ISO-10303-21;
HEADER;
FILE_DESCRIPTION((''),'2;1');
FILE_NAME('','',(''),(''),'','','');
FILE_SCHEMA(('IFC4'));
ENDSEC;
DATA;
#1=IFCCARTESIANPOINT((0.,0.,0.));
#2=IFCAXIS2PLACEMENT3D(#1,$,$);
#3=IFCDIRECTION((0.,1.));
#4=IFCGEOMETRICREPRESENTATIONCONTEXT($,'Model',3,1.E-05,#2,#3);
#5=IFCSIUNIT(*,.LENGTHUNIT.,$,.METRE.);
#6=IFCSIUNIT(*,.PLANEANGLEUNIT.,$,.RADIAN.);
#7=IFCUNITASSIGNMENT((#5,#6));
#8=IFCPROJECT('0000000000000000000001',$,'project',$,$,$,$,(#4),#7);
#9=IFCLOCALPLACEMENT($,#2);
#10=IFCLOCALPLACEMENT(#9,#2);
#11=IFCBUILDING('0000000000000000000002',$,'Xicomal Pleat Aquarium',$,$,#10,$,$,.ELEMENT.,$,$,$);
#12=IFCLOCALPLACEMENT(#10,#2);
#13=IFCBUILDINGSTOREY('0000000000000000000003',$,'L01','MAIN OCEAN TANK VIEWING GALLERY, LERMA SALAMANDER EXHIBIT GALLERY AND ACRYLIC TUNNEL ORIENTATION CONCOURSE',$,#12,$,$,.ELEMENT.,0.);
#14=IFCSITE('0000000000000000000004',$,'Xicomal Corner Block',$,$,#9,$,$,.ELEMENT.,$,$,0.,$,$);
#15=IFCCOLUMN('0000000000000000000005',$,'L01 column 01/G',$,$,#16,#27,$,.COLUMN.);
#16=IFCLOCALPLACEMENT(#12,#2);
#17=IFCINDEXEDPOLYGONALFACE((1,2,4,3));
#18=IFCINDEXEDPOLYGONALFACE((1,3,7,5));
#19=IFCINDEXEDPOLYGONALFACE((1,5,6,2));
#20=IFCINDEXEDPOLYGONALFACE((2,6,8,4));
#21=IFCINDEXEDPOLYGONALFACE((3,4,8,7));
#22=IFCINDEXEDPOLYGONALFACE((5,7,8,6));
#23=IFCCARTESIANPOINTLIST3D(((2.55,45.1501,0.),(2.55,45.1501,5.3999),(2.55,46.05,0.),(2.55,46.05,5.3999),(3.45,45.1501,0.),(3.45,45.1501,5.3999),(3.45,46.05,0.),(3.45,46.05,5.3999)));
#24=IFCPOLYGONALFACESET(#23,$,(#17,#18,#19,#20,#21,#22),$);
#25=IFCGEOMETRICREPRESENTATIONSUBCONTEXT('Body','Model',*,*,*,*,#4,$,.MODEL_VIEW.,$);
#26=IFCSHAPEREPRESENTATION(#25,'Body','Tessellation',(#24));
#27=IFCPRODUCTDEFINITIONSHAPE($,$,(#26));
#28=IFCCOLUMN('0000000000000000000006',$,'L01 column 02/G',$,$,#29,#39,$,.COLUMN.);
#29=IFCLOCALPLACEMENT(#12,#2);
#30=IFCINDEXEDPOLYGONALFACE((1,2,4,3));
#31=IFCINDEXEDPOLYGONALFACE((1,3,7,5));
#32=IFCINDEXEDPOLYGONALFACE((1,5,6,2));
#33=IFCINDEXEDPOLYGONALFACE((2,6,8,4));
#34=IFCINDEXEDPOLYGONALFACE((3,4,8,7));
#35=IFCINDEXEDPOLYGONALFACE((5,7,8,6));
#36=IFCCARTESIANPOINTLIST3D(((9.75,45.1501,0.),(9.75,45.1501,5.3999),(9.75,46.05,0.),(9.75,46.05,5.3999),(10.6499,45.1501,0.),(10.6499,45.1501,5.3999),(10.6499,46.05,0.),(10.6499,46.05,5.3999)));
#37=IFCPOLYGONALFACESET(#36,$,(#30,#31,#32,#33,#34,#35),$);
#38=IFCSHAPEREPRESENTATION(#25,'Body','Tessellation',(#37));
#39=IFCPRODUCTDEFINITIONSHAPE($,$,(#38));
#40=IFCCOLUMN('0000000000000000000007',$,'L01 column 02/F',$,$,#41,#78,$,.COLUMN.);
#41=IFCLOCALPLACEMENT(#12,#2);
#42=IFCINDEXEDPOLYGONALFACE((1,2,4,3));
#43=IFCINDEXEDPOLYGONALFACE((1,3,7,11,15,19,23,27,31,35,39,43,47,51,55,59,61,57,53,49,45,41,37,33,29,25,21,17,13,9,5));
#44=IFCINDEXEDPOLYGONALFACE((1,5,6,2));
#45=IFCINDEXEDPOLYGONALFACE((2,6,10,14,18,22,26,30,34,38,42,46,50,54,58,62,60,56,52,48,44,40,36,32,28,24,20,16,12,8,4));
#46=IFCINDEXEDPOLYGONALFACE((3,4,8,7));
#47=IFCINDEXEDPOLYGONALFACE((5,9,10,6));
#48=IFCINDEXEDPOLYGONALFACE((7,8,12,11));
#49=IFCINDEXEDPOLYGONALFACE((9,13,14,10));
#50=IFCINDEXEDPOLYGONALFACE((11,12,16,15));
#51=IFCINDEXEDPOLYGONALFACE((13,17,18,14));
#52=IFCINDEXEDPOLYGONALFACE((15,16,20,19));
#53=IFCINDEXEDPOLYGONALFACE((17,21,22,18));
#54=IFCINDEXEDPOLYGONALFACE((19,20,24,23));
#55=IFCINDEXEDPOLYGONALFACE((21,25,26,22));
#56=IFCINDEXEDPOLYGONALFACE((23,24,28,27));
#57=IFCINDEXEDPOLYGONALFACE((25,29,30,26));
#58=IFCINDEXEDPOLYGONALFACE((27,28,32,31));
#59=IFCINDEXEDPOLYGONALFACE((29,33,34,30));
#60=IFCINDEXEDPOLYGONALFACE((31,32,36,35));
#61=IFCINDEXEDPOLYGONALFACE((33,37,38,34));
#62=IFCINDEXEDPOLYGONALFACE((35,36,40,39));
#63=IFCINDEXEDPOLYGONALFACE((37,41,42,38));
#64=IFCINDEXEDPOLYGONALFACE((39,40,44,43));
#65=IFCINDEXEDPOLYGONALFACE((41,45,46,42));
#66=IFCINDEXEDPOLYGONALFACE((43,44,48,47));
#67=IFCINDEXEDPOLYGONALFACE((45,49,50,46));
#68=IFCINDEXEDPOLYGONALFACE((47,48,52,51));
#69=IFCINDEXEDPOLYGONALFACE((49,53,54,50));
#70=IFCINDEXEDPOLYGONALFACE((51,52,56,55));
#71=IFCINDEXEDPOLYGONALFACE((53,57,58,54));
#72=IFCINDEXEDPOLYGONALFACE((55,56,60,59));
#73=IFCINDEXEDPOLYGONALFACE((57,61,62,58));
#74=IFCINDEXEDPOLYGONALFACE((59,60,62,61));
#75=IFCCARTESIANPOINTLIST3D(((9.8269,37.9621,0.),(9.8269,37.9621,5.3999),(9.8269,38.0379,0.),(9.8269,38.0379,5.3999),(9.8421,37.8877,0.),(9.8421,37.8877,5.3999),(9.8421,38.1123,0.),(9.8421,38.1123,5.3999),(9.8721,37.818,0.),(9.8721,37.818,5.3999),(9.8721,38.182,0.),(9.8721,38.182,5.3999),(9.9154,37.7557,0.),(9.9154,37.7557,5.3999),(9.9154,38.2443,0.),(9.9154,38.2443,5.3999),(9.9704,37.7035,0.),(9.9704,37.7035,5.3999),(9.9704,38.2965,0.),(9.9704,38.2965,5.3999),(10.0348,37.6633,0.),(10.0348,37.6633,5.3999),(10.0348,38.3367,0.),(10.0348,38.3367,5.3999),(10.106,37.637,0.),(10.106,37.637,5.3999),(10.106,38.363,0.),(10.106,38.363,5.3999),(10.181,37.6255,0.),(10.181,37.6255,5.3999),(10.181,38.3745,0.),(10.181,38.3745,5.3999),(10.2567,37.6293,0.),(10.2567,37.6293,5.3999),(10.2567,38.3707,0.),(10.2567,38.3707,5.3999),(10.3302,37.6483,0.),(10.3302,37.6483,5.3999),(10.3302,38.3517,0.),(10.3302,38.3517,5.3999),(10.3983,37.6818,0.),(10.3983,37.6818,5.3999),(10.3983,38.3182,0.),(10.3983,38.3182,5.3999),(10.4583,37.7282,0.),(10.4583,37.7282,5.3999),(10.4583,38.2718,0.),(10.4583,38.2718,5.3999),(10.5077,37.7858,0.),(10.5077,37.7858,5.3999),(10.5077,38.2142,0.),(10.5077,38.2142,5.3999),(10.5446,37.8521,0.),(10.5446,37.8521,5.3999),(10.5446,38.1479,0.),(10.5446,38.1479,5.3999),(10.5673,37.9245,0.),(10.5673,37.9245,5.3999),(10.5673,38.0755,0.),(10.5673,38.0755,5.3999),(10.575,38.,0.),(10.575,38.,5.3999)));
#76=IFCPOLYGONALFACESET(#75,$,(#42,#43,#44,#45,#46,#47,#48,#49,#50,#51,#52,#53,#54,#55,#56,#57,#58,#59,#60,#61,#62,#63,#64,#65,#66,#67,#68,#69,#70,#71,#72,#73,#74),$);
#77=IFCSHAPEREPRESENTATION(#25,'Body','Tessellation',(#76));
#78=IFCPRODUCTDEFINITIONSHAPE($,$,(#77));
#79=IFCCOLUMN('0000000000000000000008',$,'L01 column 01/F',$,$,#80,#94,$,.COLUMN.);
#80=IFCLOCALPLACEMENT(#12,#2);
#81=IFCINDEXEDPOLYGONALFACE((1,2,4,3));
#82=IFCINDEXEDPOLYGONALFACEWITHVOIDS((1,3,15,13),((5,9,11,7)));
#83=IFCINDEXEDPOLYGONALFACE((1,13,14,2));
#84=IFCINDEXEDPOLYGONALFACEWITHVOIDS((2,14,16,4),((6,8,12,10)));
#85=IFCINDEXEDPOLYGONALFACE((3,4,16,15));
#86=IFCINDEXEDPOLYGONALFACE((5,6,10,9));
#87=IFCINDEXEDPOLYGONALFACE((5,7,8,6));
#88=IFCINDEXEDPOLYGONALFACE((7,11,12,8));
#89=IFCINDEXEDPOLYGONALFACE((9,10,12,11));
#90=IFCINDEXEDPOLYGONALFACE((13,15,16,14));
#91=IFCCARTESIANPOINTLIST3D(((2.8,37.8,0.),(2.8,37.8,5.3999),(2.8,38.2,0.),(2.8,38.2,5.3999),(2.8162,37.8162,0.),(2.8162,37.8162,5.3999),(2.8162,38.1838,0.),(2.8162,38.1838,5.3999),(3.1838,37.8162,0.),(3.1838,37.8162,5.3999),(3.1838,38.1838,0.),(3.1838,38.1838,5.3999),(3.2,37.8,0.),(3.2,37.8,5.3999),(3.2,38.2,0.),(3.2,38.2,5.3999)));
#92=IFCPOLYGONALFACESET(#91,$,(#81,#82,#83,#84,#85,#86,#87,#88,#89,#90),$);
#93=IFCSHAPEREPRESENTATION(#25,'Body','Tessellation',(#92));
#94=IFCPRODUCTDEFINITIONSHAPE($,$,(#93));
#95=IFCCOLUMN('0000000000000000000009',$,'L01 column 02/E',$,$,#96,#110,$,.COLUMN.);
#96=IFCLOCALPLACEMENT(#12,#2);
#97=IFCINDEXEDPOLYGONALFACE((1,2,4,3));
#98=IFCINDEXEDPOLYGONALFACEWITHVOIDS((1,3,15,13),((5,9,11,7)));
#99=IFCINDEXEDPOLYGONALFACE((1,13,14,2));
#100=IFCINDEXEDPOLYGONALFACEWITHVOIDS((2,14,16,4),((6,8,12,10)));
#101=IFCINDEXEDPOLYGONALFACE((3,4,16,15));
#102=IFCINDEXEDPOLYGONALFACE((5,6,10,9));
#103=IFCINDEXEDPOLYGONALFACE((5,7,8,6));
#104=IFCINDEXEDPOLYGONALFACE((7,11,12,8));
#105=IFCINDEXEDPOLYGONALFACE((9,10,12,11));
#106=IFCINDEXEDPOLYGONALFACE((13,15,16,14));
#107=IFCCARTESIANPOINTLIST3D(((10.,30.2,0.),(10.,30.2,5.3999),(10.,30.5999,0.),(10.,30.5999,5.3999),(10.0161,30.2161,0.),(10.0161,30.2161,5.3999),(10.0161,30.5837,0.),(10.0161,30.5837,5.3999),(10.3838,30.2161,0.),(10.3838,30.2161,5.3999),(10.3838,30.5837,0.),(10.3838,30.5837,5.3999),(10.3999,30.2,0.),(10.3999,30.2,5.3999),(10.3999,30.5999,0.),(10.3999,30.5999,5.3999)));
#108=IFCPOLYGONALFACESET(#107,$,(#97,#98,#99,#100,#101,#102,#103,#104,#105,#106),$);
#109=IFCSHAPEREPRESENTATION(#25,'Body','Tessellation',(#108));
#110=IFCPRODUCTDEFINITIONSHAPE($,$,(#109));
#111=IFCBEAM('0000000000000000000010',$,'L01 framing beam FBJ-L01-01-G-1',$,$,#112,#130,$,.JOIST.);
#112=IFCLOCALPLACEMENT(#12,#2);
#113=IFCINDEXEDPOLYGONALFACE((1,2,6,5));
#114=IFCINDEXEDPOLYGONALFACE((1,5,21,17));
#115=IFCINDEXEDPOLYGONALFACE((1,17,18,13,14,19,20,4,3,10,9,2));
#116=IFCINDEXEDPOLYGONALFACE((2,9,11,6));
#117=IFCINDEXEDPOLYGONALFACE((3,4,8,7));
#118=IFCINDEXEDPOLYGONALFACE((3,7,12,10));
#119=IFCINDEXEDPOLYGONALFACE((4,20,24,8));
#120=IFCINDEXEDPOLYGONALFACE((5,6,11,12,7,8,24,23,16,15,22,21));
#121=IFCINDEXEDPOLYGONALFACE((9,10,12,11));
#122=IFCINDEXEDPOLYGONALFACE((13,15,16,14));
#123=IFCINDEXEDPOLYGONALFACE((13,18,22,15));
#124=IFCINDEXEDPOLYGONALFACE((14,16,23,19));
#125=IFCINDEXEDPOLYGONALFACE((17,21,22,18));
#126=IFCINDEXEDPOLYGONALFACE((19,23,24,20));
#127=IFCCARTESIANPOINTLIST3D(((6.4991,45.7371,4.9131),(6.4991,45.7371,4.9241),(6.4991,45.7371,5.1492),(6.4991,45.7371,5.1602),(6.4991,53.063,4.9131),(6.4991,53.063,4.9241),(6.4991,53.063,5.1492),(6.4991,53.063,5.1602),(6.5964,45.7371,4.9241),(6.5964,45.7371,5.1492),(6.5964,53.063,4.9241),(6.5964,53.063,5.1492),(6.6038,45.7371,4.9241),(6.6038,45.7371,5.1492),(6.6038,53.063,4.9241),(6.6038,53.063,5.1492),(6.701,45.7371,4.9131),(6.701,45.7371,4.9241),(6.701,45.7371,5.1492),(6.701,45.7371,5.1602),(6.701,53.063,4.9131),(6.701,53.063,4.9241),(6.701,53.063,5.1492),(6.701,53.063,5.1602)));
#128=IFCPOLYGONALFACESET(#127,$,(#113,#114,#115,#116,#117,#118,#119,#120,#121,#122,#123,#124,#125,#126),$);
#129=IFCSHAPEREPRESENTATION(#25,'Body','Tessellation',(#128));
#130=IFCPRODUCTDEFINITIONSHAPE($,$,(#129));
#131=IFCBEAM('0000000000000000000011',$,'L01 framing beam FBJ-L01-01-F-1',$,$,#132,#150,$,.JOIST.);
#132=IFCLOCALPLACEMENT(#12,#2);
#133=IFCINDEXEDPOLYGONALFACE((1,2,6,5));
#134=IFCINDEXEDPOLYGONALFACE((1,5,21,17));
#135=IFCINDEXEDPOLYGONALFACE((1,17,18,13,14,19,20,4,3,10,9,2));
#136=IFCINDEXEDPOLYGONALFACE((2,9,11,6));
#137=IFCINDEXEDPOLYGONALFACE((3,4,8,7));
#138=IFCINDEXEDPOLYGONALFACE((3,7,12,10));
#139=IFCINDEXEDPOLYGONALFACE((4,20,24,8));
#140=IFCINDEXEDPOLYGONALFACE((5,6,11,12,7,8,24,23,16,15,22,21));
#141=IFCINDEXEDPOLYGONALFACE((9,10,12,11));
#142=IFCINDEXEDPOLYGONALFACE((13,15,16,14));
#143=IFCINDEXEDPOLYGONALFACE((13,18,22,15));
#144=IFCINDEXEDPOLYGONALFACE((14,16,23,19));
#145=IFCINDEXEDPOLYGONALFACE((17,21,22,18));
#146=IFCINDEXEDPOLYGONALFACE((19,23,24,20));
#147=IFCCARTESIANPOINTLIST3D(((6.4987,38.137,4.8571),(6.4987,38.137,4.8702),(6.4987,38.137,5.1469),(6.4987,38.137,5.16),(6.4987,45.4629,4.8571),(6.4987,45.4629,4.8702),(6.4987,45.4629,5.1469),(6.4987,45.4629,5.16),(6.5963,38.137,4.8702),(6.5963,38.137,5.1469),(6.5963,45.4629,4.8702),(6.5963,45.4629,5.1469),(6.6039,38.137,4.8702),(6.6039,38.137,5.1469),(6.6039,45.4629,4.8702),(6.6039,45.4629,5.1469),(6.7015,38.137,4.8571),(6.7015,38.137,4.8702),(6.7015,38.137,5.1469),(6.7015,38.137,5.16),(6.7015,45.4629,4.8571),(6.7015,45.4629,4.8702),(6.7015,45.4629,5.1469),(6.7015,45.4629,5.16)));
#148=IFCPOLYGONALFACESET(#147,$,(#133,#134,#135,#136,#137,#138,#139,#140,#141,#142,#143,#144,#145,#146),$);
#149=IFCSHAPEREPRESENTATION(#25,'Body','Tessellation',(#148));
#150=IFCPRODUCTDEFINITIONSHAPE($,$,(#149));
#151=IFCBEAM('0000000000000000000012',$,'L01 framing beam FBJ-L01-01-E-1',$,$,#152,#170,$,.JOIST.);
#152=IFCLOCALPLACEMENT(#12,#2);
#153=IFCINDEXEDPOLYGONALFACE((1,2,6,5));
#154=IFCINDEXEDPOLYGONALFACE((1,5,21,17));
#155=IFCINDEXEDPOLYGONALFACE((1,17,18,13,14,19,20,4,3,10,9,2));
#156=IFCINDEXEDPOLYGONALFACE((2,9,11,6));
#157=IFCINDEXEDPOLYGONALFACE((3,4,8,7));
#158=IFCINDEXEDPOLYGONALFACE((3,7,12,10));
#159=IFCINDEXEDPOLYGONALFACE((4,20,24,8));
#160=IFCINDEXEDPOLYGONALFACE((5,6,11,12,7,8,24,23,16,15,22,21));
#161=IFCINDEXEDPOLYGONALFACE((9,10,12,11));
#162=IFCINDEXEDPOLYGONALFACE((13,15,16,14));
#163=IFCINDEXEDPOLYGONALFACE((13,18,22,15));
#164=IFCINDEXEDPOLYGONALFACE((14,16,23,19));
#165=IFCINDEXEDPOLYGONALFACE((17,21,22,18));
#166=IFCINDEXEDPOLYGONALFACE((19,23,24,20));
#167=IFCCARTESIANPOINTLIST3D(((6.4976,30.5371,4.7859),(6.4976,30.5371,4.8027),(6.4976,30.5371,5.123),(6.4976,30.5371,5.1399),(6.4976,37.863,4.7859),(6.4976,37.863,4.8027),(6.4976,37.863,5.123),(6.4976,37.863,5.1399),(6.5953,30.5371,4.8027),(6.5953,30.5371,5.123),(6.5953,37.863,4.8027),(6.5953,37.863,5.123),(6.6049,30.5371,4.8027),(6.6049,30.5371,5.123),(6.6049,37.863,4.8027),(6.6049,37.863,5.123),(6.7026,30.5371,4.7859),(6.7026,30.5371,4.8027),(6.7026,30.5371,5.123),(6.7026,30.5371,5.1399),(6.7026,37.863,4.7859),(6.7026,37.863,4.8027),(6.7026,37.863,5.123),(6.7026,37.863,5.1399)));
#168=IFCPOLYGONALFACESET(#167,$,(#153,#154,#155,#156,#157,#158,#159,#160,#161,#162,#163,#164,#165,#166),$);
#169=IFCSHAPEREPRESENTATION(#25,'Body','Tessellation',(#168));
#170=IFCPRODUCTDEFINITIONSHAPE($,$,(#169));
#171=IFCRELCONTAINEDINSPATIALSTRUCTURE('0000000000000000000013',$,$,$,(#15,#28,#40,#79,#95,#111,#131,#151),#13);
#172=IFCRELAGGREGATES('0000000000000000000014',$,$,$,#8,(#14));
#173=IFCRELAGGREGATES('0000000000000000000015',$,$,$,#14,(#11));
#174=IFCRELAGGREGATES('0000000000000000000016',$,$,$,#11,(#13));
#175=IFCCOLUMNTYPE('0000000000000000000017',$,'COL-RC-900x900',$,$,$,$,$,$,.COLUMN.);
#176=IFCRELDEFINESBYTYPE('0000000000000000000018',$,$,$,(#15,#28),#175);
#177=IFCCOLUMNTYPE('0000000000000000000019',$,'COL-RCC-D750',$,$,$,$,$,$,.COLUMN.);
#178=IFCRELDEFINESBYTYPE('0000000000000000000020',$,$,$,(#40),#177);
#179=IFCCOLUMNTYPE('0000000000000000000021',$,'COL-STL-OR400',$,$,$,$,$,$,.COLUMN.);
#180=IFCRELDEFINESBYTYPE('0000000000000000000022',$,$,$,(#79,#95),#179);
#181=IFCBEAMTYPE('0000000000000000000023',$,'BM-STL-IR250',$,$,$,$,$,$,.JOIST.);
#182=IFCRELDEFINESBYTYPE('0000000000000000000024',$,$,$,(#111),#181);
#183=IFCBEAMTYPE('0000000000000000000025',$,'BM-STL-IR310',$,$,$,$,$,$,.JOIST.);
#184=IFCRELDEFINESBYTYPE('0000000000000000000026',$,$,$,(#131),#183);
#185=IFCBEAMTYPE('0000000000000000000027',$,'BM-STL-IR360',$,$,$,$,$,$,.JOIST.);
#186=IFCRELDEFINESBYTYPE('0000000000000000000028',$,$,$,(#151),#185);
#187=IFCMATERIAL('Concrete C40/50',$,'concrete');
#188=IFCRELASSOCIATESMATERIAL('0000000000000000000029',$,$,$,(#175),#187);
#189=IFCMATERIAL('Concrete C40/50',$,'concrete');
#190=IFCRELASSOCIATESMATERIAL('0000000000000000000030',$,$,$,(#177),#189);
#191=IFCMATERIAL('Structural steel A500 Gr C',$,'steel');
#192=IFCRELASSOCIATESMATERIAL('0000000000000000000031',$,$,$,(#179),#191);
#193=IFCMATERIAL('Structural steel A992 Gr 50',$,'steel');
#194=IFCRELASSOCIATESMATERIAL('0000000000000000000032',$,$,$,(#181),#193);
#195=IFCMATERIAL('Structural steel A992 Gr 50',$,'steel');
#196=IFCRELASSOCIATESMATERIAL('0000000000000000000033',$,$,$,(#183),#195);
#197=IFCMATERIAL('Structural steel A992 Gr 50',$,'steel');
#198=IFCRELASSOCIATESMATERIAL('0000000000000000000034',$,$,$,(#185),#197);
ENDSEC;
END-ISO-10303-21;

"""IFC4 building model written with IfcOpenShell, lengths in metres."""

from ifc_helpers import new_model, si_unit, direction, frame, origin, origin_2d, place, context, subcontext, project, spatial, rectangle, hollow_rectangle, circle, i_section, extrude, material, material_profile, profile_set, type_object, element, save


model = new_model("IFC4")

# Units and contexts
model_context = context("Model", 3, precision=1e-05, world=origin(), true_north=direction((0.0, 1.0)))
body_context = subcontext(model_context, "Body", "Model", "MODEL_VIEW")
ifc_project = project(units=[si_unit("LENGTHUNIT", "METRE"), si_unit("PLANEANGLEUNIT", "RADIAN")], contexts=[model_context])

# Site, building, storey
site_placement = place(None, origin())
site = spatial("IfcSite", under=ifc_project, at=site_placement, Name="Xicomal Corner Block", CompositionType="ELEMENT", RefElevation=0.0)
building_placement = place(site_placement, origin())
building = spatial("IfcBuilding", under=site, at=building_placement, Name="Xicomal Pleat Aquarium", CompositionType="ELEMENT")
storey_placement = place(building_placement, origin())
storey = spatial("IfcBuildingStorey", under=building, at=storey_placement, Name="L01", Description="MAIN OCEAN TANK VIEWING GALLERY, LERMA SALAMANDER EXHIBIT GALLERY AND ACRYLIC TUNNEL ORIENTATION CONCOURSE", CompositionType="ELEMENT", Elevation=0.0)

# Columns
ifc_material_1 = material(Name="Concrete C40/50", Category="concrete")
ifc_material_profile_1 = material_profile(ifc_material_1, rectangle(XDim=0.8999, YDim=0.8999, at=origin_2d()), Name="RC 900x900")
ifc_profile_set_1 = profile_set([ifc_material_profile_1], Name="Concrete C40/50")
column_type_1 = type_object("IfcColumnType", Name="COL-RC-900x900", PredefinedType="COLUMN", material=ifc_profile_set_1)
for number, where, z_axis, x_axis, name in (
    (1, (3.0, 45.6001, 0.0), (0.0, 0.0, 1.0), (1.0, 0.0, 0.0), "L01 column 01/G"),
    (2, (10.2, 45.6001, 0.0), (0.0, 0.0, 1.0), (1.0, 0.0, 0.0), "L01 column 02/G"),
):
    element("IfcColumn", number, at=place(storey_placement, frame(where, z_axis=z_axis, x_axis=x_axis)), inside=storey, type_object=column_type_1, Name=name, PredefinedType="COLUMN", context=body_context, shape_type="SweptSolid", body=[
        extrude(rectangle(XDim=0.8999, YDim=0.8999, at=origin_2d()), origin(), (0.0, 0.0, 1.0), 5.3999),
    ])
ifc_material_2 = material(Name="Concrete C40/50", Category="concrete")
ifc_material_profile_2 = material_profile(ifc_material_2, circle(Radius=0.375, at=origin_2d()), Name="RCC D750")
ifc_profile_set_2 = profile_set([ifc_material_profile_2], Name="Concrete C40/50")
column_type_2 = type_object("IfcColumnType", Name="COL-RCC-D750", PredefinedType="COLUMN", material=ifc_profile_set_2)
column_placement = place(storey_placement, frame((10.2, 38.0, 0.0), z_axis=(0.0, 0.0, 1.0), x_axis=(1.0, 0.0, 0.0)))
element("IfcColumn", 3, at=column_placement, inside=storey, type_object=column_type_2, Name="L01 column 02/F", PredefinedType="COLUMN", context=body_context, shape_type="SweptSolid", body=[
    extrude(circle(Radius=0.375, at=origin_2d()), origin(), (0.0, 0.0, 1.0), 5.3999),
])
ifc_material_3 = material(Name="Structural steel A500 Gr C", Category="steel")
ifc_material_profile_3 = material_profile(ifc_material_3, hollow_rectangle(XDim=0.3999, YDim=0.3999, WallThickness=0.0161, at=origin_2d()), Name="OR 400x400x16")
ifc_profile_set_3 = profile_set([ifc_material_profile_3], Name="Structural steel A500 Gr C")
column_type_3 = type_object("IfcColumnType", Name="COL-STL-OR400", PredefinedType="COLUMN", material=ifc_profile_set_3)
for number, where, z_axis, x_axis, name in (
    (4, (3.0, 38.0, 0.0), (0.0, 0.0, 1.0), (1.0, 0.0, 0.0), "L01 column 01/F"),
    (5, (10.2, 30.3999, 0.0), (0.0, 0.0, 1.0), (1.0, 0.0, 0.0), "L01 column 02/E"),
):
    element("IfcColumn", number, at=place(storey_placement, frame(where, z_axis=z_axis, x_axis=x_axis)), inside=storey, type_object=column_type_3, Name=name, PredefinedType="COLUMN", context=body_context, shape_type="SweptSolid", body=[
        extrude(hollow_rectangle(XDim=0.3999, YDim=0.3999, WallThickness=0.0161, at=origin_2d()), origin(), (0.0, 0.0, 1.0), 5.3999),
    ])

# Beams
ifc_material_4 = material(Name="Structural steel A992 Gr 50", Category="steel")
ifc_material_profile_4 = material_profile(ifc_material_4, i_section(OverallWidth=0.2019, OverallDepth=0.2471, WebThickness=0.0073, FlangeThickness=0.011, at=origin_2d()), Name="IR 250x49")
ifc_profile_set_4 = profile_set([ifc_material_profile_4], Name="Structural steel A992 Gr 50")
beam_type_1 = type_object("IfcBeamType", Name="BM-STL-IR250", PredefinedType="JOIST", material=ifc_profile_set_4)
beam_1_placement = place(storey_placement, frame((6.6001, 45.7371, 5.0366), z_axis=(0.0, 1.0, 0.0), x_axis=(-1.0, 0.0, 0.0)))
element("IfcBeam", 6, at=beam_1_placement, inside=storey, type_object=beam_type_1, Name="L01 framing beam FBJ-L01-01-G-1", PredefinedType="JOIST", context=body_context, shape_type="SweptSolid", body=[
    extrude(i_section(OverallWidth=0.2019, OverallDepth=0.2471, WebThickness=0.0073, FlangeThickness=0.011, at=origin_2d()), origin(), (0.0, 0.0, 1.0), 7.3259),
])
ifc_material_5 = material(Name="Structural steel A992 Gr 50", Category="steel")
ifc_material_profile_5 = material_profile(ifc_material_5, i_section(OverallWidth=0.2029, OverallDepth=0.303, WebThickness=0.0076, FlangeThickness=0.0132, at=origin_2d()), Name="IR 310x60")
ifc_profile_set_5 = profile_set([ifc_material_profile_5], Name="Structural steel A992 Gr 50")
beam_type_2 = type_object("IfcBeamType", Name="BM-STL-IR310", PredefinedType="JOIST", material=ifc_profile_set_5)
beam_2_placement = place(storey_placement, frame((6.6001, 38.137, 5.0085), z_axis=(0.0, 1.0, 0.0), x_axis=(-1.0, 0.0, 0.0)))
element("IfcBeam", 7, at=beam_2_placement, inside=storey, type_object=beam_type_2, Name="L01 framing beam FBJ-L01-01-F-1", PredefinedType="JOIST", context=body_context, shape_type="SweptSolid", body=[
    extrude(i_section(OverallWidth=0.2029, OverallDepth=0.303, WebThickness=0.0076, FlangeThickness=0.0132, at=origin_2d()), origin(), (0.0, 0.0, 1.0), 7.3259),
])
ifc_material_6 = material(Name="Structural steel A992 Gr 50", Category="steel")
ifc_material_profile_6 = material_profile(ifc_material_6, i_section(OverallWidth=0.2051, OverallDepth=0.354, WebThickness=0.0095, FlangeThickness=0.0168, at=origin_2d()), Name="IR 360x79")
ifc_profile_set_6 = profile_set([ifc_material_profile_6], Name="Structural steel A992 Gr 50")
beam_type_3 = type_object("IfcBeamType", Name="BM-STL-IR360", PredefinedType="JOIST", material=ifc_profile_set_6)
beam_3_placement = place(storey_placement, frame((6.6001, 30.5371, 4.9629), z_axis=(0.0, 1.0, 0.0), x_axis=(-1.0, 0.0, 0.0)))
element("IfcBeam", 8, at=beam_3_placement, inside=storey, type_object=beam_type_3, Name="L01 framing beam FBJ-L01-01-E-1", PredefinedType="JOIST", context=body_context, shape_type="SweptSolid", body=[
    extrude(i_section(OverallWidth=0.2051, OverallDepth=0.354, WebThickness=0.0095, FlangeThickness=0.0168, at=origin_2d()), origin(), (0.0, 0.0, 1.0), 7.3259),
])

save(model, "model.ifc")
